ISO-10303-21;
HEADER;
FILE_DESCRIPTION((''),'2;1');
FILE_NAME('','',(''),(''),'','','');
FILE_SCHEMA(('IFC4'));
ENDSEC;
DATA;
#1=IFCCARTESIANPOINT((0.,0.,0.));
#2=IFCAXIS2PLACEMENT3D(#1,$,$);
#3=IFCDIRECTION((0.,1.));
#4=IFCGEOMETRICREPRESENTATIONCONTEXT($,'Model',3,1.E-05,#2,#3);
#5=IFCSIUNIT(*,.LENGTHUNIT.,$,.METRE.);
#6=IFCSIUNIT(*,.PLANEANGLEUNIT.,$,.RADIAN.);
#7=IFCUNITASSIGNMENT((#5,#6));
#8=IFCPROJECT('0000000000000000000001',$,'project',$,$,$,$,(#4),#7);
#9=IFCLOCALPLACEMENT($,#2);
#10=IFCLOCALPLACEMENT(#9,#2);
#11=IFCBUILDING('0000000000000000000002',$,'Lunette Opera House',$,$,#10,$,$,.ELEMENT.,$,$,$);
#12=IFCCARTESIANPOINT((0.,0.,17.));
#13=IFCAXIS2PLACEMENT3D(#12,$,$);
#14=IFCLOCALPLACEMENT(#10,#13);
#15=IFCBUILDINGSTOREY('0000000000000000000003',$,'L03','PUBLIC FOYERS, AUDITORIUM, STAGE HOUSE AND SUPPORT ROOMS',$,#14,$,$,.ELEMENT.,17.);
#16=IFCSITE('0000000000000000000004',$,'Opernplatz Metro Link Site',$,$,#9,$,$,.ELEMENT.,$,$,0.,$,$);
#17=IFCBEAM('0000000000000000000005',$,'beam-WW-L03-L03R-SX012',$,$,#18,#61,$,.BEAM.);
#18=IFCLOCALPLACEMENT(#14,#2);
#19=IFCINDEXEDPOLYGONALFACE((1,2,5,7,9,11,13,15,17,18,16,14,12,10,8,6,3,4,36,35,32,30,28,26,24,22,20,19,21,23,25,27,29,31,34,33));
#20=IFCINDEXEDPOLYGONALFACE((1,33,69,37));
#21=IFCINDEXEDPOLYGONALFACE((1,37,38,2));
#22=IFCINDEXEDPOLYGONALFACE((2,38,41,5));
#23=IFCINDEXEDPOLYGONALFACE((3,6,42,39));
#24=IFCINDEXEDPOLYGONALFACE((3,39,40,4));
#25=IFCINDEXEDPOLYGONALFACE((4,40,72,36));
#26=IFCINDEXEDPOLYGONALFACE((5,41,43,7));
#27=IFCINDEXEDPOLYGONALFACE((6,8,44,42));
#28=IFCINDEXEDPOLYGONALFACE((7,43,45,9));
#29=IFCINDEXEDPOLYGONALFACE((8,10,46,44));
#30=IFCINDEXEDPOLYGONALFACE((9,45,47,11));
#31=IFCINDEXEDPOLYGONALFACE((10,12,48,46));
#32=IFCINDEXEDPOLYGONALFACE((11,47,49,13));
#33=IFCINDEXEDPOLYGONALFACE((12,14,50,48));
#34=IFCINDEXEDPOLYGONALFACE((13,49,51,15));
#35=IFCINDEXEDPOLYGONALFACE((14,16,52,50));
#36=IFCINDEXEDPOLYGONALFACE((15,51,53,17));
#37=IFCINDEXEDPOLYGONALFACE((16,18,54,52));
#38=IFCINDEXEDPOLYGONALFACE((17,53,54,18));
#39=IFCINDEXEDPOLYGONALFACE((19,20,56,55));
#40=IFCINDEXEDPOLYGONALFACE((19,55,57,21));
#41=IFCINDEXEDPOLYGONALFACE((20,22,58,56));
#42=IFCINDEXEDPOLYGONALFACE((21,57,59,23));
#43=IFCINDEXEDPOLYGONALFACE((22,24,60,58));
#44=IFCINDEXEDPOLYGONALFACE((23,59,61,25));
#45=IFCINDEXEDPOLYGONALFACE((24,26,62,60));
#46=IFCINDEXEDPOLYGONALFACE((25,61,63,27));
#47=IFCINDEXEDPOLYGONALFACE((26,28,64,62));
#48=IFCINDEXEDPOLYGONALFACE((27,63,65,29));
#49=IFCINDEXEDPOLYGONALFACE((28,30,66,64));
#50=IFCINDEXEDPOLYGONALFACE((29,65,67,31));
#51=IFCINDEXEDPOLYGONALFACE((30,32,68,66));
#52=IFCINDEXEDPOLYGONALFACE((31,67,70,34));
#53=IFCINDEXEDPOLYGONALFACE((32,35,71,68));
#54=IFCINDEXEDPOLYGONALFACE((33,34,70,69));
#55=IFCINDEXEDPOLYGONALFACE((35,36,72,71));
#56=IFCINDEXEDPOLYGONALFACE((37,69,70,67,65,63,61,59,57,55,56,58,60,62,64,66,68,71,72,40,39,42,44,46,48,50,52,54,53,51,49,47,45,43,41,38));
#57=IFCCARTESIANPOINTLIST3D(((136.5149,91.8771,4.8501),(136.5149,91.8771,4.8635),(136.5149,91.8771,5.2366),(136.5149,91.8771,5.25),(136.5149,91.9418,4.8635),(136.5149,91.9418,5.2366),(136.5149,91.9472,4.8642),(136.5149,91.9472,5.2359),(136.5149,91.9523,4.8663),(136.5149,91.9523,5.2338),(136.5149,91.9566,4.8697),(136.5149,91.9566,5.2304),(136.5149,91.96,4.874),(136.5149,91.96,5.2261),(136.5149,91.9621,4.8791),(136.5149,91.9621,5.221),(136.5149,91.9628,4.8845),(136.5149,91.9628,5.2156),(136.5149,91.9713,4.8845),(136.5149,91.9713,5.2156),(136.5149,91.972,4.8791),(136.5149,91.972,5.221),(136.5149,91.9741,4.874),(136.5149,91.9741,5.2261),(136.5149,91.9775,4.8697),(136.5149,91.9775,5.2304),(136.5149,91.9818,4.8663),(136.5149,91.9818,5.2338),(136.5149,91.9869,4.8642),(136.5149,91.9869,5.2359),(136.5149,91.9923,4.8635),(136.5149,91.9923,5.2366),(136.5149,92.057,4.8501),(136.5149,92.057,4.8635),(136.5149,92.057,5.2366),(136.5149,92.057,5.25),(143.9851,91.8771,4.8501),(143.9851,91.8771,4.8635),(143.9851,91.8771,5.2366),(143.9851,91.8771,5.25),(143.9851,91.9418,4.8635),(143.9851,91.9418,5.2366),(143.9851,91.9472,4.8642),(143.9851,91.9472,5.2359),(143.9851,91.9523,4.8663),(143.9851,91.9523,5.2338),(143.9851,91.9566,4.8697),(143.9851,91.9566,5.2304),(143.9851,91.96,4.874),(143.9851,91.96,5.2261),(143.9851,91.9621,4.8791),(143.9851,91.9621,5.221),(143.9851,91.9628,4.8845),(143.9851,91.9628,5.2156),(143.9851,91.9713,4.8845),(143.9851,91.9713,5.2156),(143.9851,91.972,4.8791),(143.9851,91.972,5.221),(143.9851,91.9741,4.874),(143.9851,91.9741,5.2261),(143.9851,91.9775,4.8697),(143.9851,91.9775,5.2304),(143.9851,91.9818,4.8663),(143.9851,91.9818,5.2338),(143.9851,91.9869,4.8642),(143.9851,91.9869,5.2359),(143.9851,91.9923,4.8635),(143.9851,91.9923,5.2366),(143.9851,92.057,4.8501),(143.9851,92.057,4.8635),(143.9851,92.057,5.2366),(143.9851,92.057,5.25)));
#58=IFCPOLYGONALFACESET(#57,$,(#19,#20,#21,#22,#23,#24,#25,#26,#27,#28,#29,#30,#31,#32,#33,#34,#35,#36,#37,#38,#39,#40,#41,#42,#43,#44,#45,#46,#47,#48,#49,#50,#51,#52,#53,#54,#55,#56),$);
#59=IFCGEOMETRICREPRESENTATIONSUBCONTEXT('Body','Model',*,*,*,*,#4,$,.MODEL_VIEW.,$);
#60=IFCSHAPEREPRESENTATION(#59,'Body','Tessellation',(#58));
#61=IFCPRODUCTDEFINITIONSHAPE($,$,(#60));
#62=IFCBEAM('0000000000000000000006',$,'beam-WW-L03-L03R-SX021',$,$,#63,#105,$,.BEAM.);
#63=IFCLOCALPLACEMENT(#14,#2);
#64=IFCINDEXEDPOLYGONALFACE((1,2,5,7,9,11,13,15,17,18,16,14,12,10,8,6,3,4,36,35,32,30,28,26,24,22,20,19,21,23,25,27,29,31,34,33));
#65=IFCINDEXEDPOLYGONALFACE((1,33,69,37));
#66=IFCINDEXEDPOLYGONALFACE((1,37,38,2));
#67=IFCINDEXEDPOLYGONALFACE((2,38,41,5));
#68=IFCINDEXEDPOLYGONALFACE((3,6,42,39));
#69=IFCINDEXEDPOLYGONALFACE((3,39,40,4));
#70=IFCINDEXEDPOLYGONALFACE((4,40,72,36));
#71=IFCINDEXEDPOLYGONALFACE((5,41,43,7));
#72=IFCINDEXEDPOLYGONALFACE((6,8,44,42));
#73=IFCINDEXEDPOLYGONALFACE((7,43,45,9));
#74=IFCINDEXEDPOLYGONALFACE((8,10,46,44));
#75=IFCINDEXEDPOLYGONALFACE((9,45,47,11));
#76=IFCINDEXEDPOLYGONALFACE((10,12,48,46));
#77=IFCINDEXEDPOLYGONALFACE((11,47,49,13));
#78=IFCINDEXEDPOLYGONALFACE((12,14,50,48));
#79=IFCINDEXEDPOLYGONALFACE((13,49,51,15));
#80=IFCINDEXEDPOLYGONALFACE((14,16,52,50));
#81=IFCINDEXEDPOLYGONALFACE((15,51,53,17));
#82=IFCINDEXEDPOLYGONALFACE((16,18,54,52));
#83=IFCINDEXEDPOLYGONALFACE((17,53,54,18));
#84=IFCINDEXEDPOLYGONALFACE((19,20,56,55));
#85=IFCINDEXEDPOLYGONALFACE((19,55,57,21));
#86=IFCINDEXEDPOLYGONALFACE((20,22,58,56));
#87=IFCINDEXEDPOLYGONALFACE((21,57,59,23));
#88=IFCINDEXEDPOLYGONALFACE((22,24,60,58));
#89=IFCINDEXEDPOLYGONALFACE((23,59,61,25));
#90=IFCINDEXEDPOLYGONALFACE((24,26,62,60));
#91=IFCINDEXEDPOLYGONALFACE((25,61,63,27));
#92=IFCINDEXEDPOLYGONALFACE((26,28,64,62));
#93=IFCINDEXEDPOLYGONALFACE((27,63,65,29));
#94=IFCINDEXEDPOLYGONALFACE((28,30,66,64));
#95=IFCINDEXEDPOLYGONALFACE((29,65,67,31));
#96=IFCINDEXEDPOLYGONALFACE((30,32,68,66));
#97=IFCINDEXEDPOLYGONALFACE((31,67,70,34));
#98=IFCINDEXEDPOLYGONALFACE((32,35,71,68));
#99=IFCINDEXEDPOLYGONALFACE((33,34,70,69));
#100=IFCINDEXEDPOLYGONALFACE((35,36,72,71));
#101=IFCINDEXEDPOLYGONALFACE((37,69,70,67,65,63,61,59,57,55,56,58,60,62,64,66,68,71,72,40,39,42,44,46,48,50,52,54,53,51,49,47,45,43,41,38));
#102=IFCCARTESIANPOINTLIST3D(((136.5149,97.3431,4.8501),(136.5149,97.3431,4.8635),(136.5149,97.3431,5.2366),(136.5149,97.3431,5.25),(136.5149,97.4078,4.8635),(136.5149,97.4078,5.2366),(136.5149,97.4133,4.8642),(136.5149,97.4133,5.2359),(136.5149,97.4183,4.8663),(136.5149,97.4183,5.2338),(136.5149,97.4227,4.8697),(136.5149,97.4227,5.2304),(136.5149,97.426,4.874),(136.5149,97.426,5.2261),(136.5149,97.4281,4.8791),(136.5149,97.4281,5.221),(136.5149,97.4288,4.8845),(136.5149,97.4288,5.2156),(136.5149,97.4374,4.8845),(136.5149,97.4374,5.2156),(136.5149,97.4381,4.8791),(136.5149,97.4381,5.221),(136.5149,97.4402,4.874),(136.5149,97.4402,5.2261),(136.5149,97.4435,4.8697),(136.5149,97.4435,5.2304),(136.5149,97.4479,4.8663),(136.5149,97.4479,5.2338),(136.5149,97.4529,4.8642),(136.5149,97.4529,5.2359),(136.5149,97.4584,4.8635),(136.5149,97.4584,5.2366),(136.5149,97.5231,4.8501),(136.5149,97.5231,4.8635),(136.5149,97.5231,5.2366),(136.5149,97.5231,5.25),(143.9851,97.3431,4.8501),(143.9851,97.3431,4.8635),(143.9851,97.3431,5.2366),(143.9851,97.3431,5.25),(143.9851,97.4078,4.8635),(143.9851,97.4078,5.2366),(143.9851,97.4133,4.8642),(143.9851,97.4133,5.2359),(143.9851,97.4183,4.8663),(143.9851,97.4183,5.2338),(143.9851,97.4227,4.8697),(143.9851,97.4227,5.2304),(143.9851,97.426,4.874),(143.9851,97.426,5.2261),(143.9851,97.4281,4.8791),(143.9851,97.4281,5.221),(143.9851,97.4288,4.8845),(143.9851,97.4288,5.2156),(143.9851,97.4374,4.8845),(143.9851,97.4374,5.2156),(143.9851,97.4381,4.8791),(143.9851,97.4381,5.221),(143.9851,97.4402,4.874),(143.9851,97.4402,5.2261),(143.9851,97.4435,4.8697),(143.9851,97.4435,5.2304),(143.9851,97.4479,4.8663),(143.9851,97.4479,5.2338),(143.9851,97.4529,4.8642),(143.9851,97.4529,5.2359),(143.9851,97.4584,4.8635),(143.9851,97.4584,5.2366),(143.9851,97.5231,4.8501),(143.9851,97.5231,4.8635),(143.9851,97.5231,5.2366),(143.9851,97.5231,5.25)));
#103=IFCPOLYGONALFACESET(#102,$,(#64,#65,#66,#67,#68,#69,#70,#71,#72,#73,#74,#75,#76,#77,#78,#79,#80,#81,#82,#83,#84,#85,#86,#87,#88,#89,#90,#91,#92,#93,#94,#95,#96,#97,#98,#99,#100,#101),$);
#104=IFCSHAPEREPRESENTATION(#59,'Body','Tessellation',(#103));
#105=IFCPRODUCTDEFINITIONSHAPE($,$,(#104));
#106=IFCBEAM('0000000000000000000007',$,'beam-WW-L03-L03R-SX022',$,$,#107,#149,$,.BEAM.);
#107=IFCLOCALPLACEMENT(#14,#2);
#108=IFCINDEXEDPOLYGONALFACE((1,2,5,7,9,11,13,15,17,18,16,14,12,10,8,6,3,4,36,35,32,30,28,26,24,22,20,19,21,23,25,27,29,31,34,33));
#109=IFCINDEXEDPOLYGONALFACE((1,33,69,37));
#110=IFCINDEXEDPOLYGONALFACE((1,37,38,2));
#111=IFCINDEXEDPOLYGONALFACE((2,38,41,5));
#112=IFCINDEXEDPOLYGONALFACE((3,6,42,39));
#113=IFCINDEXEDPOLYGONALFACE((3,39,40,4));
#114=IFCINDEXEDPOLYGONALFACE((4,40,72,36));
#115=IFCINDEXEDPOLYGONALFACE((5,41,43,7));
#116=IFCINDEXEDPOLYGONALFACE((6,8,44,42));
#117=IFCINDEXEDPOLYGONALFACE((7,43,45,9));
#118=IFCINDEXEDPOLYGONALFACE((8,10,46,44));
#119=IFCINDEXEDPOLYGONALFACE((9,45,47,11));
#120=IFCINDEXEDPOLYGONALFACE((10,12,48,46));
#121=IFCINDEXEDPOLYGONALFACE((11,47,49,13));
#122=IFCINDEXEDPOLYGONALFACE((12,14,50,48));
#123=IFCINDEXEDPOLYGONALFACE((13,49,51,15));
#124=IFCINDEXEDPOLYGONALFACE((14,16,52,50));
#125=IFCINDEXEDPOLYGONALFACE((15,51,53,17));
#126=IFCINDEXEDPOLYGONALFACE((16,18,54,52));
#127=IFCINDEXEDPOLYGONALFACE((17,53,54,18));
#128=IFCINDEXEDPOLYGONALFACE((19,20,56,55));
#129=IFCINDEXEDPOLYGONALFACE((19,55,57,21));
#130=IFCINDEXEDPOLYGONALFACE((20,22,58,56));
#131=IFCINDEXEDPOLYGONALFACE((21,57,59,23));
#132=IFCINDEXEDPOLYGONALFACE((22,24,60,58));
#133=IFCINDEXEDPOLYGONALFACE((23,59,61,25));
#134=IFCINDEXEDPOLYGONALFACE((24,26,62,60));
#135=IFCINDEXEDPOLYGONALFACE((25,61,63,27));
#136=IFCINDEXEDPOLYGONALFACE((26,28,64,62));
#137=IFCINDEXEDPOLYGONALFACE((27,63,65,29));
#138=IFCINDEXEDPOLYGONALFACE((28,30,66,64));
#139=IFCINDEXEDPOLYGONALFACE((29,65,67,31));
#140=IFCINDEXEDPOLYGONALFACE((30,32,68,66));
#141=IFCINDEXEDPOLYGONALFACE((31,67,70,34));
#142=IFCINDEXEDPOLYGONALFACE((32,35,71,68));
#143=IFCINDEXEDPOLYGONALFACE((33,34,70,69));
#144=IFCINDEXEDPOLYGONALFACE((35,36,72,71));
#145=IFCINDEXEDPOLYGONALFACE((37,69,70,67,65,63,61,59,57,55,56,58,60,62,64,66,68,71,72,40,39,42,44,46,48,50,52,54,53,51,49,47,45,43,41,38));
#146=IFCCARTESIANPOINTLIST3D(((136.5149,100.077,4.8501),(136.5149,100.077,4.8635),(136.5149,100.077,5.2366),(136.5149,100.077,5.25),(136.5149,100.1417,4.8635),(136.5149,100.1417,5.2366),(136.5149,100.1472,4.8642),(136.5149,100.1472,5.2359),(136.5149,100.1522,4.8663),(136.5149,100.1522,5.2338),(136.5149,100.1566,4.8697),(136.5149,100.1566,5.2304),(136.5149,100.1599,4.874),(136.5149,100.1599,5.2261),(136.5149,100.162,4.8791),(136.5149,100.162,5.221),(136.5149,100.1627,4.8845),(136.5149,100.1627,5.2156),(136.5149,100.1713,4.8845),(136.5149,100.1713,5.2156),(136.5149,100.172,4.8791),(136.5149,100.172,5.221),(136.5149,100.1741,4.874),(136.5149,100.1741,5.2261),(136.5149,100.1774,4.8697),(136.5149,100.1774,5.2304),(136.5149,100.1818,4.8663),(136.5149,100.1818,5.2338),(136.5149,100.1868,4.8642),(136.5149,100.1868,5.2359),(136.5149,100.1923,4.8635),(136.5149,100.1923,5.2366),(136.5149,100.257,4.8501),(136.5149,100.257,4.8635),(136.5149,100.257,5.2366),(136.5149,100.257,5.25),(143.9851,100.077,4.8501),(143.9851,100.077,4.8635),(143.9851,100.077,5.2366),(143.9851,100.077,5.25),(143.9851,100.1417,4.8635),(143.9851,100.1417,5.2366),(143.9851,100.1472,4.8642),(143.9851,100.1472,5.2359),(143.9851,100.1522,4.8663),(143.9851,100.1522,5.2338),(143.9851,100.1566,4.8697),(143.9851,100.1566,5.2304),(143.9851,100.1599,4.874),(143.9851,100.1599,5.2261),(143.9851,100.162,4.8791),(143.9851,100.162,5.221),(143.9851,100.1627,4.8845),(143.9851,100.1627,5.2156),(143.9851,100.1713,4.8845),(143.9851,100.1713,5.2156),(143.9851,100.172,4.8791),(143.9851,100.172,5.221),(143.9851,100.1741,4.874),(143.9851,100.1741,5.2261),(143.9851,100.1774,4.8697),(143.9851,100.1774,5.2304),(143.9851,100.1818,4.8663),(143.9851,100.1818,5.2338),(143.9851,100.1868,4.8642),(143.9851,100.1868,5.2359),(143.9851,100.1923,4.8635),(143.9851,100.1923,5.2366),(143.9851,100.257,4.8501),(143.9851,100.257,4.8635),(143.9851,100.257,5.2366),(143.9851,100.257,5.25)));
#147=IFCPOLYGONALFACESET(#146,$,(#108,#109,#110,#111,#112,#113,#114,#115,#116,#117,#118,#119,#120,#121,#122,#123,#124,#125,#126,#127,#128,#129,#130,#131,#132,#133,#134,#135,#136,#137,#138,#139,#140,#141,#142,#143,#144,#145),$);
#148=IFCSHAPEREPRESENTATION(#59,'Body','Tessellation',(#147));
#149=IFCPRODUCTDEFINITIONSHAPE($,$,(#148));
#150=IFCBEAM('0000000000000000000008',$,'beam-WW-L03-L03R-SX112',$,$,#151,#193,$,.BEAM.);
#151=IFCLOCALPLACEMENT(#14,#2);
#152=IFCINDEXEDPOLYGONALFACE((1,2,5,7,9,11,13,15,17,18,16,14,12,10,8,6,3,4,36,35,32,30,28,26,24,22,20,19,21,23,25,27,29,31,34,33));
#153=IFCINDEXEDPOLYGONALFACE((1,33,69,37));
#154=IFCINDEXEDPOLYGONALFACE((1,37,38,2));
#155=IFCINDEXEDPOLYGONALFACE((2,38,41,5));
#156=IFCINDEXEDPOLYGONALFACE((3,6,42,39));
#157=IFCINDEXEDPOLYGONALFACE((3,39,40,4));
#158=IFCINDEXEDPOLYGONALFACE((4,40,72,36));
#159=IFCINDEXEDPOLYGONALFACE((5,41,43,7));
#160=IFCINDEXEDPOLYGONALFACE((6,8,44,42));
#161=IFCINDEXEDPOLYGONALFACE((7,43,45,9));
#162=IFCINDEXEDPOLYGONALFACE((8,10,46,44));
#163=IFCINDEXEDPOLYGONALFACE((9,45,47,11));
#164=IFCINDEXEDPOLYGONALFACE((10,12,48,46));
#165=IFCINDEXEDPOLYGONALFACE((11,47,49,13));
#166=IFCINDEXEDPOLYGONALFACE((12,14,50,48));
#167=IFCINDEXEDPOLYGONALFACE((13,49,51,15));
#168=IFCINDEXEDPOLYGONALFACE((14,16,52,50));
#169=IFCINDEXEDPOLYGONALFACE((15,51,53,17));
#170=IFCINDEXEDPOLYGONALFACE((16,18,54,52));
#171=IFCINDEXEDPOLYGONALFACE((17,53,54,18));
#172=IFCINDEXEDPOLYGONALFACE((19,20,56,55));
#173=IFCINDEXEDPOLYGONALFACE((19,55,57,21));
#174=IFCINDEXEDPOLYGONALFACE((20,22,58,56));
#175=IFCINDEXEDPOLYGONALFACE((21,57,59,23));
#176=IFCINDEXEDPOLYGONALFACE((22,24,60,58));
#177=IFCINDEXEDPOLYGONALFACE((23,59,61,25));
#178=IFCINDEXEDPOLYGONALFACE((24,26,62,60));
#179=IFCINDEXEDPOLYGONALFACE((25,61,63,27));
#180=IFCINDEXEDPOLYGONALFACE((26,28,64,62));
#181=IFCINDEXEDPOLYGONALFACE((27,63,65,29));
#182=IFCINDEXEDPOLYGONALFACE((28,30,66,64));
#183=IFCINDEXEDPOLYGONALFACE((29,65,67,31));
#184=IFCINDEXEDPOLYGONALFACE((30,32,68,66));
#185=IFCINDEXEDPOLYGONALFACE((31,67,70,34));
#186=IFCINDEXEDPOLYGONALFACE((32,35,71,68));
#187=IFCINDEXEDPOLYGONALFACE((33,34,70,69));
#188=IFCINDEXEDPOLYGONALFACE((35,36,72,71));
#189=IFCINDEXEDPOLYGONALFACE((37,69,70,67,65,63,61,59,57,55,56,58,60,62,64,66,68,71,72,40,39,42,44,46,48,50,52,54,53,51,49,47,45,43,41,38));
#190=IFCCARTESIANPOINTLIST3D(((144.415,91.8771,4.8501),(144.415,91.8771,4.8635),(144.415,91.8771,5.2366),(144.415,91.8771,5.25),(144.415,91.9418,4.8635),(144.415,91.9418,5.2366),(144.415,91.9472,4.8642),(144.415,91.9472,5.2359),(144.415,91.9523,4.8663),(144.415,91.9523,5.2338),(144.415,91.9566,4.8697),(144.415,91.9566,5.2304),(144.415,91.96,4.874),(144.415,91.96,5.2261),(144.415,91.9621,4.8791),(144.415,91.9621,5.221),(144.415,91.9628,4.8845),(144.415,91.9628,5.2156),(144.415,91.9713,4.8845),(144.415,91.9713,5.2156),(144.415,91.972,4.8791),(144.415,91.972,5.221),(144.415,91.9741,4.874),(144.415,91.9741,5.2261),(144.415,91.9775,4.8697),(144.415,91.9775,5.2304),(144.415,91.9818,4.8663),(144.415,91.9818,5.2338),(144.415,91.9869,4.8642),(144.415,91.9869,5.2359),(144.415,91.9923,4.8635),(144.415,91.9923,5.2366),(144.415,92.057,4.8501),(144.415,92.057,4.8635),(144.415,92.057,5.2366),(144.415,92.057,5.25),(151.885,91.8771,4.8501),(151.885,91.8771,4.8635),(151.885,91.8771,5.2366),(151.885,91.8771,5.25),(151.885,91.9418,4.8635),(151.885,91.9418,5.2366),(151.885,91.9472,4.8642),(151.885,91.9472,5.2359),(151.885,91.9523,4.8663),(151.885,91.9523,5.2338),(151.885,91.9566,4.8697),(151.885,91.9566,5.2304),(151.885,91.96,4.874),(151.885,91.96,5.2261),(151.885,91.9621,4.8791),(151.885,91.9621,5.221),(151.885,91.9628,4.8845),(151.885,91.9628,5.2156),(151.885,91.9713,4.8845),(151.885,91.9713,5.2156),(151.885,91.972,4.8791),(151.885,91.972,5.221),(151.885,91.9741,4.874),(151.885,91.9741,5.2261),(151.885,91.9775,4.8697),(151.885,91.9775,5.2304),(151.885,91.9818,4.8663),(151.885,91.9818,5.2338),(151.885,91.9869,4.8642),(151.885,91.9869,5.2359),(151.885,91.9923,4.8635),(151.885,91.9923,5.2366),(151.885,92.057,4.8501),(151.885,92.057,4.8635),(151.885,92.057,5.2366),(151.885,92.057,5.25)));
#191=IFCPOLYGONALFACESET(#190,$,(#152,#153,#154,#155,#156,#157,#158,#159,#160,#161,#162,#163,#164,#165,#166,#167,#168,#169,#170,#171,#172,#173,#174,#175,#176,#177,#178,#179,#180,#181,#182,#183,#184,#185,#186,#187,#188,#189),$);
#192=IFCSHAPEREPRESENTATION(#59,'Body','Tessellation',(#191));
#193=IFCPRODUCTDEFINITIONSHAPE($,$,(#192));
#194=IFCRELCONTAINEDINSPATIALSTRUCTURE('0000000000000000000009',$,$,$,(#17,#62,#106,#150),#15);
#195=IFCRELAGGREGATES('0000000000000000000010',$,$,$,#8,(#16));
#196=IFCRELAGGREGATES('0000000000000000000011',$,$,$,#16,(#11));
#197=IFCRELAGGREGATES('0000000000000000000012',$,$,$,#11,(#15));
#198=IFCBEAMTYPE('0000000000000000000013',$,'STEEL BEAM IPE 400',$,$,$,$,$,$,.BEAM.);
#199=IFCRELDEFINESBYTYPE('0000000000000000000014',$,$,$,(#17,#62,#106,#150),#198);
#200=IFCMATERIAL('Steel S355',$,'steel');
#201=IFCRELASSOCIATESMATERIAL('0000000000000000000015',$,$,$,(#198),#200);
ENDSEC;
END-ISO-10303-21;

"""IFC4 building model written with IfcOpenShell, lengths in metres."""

from ifc_helpers import new_model, si_unit, direction, frame, origin, origin_2d, place, context, subcontext, project, spatial, i_section, extrude, material, material_profile, profile_set, type_object, element, save


model = new_model("IFC4")

# Units and contexts
model_context = context("Model", 3, precision=1e-05, world=origin(), true_north=direction((0.0, 1.0)))
body_context = subcontext(model_context, "Body", "Model", "MODEL_VIEW")
ifc_project = project(units=[si_unit("LENGTHUNIT", "METRE"), si_unit("PLANEANGLEUNIT", "RADIAN")], contexts=[model_context])

# Site, building, storey
site_placement = place(None, origin())
site = spatial("IfcSite", under=ifc_project, at=site_placement, Name="Opernplatz Metro Link Site", CompositionType="ELEMENT", RefElevation=0.0)
building_placement = place(site_placement, origin())
building = spatial("IfcBuilding", under=site, at=building_placement, Name="Lunette Opera House", CompositionType="ELEMENT")
storey_placement = place(building_placement, frame((0.0, 0.0, 17.0)))
storey = spatial("IfcBuildingStorey", under=building, at=storey_placement, Name="L03", Description="PUBLIC FOYERS, AUDITORIUM, STAGE HOUSE AND SUPPORT ROOMS", CompositionType="ELEMENT", Elevation=17.0)

# Beams
ifc_material_1 = material(Name="Steel S355", Category="steel")
ifc_material_profile_1 = material_profile(ifc_material_1, i_section(OverallWidth=0.1799, OverallDepth=0.3999, WebThickness=0.0085, FlangeThickness=0.0134, FilletRadius=0.021, at=origin_2d()), Name="IPE 400")
ifc_profile_set_1 = profile_set([ifc_material_profile_1], Name="Steel S355")
beam_type_1 = type_object("IfcBeamType", Name="STEEL BEAM IPE 400", PredefinedType="BEAM", material=ifc_profile_set_1)
for number, where, z_axis, x_axis, name in (
    (1, (136.5149, 91.967, 5.05), (1.0, 0.0, 0.0), (0.0, 1.0, 0.0), "beam-WW-L03-L03R-SX012"),
    (2, (136.5149, 97.4331, 5.05), (1.0, 0.0, 0.0), (0.0, 1.0, 0.0), "beam-WW-L03-L03R-SX021"),
    (3, (136.5149, 100.167, 5.05), (1.0, 0.0, 0.0), (0.0, 1.0, 0.0), "beam-WW-L03-L03R-SX022"),
):
    element("IfcBeam", number, at=place(storey_placement, frame(where, z_axis=z_axis, x_axis=x_axis)), inside=storey, type_object=beam_type_1, Name=name, PredefinedType="BEAM", context=body_context, shape_type="SweptSolid", body=[
        extrude(i_section(OverallWidth=0.1799, OverallDepth=0.3999, WebThickness=0.0085, FlangeThickness=0.0134, FilletRadius=0.021, at=origin_2d()), origin(), (0.0, 0.0, 1.0), 7.4702),
    ])
for number, where, z_axis, x_axis, name in (
    (4, (144.415, 91.967, 5.05), (1.0, 0.0, 0.0), (0.0, 1.0, 0.0), "beam-WW-L03-L03R-SX112"),
):
    element("IfcBeam", number, at=place(storey_placement, frame(where, z_axis=z_axis, x_axis=x_axis)), inside=storey, type_object=beam_type_1, Name=name, PredefinedType="BEAM", context=body_context, shape_type="SweptSolid", body=[
        extrude(i_section(OverallWidth=0.1799, OverallDepth=0.3999, WebThickness=0.0085, FlangeThickness=0.0134, FilletRadius=0.021, at=origin_2d()), origin(), (0.0, 0.0, 1.0), 7.47),
    ])

save(model, "model.ifc")
